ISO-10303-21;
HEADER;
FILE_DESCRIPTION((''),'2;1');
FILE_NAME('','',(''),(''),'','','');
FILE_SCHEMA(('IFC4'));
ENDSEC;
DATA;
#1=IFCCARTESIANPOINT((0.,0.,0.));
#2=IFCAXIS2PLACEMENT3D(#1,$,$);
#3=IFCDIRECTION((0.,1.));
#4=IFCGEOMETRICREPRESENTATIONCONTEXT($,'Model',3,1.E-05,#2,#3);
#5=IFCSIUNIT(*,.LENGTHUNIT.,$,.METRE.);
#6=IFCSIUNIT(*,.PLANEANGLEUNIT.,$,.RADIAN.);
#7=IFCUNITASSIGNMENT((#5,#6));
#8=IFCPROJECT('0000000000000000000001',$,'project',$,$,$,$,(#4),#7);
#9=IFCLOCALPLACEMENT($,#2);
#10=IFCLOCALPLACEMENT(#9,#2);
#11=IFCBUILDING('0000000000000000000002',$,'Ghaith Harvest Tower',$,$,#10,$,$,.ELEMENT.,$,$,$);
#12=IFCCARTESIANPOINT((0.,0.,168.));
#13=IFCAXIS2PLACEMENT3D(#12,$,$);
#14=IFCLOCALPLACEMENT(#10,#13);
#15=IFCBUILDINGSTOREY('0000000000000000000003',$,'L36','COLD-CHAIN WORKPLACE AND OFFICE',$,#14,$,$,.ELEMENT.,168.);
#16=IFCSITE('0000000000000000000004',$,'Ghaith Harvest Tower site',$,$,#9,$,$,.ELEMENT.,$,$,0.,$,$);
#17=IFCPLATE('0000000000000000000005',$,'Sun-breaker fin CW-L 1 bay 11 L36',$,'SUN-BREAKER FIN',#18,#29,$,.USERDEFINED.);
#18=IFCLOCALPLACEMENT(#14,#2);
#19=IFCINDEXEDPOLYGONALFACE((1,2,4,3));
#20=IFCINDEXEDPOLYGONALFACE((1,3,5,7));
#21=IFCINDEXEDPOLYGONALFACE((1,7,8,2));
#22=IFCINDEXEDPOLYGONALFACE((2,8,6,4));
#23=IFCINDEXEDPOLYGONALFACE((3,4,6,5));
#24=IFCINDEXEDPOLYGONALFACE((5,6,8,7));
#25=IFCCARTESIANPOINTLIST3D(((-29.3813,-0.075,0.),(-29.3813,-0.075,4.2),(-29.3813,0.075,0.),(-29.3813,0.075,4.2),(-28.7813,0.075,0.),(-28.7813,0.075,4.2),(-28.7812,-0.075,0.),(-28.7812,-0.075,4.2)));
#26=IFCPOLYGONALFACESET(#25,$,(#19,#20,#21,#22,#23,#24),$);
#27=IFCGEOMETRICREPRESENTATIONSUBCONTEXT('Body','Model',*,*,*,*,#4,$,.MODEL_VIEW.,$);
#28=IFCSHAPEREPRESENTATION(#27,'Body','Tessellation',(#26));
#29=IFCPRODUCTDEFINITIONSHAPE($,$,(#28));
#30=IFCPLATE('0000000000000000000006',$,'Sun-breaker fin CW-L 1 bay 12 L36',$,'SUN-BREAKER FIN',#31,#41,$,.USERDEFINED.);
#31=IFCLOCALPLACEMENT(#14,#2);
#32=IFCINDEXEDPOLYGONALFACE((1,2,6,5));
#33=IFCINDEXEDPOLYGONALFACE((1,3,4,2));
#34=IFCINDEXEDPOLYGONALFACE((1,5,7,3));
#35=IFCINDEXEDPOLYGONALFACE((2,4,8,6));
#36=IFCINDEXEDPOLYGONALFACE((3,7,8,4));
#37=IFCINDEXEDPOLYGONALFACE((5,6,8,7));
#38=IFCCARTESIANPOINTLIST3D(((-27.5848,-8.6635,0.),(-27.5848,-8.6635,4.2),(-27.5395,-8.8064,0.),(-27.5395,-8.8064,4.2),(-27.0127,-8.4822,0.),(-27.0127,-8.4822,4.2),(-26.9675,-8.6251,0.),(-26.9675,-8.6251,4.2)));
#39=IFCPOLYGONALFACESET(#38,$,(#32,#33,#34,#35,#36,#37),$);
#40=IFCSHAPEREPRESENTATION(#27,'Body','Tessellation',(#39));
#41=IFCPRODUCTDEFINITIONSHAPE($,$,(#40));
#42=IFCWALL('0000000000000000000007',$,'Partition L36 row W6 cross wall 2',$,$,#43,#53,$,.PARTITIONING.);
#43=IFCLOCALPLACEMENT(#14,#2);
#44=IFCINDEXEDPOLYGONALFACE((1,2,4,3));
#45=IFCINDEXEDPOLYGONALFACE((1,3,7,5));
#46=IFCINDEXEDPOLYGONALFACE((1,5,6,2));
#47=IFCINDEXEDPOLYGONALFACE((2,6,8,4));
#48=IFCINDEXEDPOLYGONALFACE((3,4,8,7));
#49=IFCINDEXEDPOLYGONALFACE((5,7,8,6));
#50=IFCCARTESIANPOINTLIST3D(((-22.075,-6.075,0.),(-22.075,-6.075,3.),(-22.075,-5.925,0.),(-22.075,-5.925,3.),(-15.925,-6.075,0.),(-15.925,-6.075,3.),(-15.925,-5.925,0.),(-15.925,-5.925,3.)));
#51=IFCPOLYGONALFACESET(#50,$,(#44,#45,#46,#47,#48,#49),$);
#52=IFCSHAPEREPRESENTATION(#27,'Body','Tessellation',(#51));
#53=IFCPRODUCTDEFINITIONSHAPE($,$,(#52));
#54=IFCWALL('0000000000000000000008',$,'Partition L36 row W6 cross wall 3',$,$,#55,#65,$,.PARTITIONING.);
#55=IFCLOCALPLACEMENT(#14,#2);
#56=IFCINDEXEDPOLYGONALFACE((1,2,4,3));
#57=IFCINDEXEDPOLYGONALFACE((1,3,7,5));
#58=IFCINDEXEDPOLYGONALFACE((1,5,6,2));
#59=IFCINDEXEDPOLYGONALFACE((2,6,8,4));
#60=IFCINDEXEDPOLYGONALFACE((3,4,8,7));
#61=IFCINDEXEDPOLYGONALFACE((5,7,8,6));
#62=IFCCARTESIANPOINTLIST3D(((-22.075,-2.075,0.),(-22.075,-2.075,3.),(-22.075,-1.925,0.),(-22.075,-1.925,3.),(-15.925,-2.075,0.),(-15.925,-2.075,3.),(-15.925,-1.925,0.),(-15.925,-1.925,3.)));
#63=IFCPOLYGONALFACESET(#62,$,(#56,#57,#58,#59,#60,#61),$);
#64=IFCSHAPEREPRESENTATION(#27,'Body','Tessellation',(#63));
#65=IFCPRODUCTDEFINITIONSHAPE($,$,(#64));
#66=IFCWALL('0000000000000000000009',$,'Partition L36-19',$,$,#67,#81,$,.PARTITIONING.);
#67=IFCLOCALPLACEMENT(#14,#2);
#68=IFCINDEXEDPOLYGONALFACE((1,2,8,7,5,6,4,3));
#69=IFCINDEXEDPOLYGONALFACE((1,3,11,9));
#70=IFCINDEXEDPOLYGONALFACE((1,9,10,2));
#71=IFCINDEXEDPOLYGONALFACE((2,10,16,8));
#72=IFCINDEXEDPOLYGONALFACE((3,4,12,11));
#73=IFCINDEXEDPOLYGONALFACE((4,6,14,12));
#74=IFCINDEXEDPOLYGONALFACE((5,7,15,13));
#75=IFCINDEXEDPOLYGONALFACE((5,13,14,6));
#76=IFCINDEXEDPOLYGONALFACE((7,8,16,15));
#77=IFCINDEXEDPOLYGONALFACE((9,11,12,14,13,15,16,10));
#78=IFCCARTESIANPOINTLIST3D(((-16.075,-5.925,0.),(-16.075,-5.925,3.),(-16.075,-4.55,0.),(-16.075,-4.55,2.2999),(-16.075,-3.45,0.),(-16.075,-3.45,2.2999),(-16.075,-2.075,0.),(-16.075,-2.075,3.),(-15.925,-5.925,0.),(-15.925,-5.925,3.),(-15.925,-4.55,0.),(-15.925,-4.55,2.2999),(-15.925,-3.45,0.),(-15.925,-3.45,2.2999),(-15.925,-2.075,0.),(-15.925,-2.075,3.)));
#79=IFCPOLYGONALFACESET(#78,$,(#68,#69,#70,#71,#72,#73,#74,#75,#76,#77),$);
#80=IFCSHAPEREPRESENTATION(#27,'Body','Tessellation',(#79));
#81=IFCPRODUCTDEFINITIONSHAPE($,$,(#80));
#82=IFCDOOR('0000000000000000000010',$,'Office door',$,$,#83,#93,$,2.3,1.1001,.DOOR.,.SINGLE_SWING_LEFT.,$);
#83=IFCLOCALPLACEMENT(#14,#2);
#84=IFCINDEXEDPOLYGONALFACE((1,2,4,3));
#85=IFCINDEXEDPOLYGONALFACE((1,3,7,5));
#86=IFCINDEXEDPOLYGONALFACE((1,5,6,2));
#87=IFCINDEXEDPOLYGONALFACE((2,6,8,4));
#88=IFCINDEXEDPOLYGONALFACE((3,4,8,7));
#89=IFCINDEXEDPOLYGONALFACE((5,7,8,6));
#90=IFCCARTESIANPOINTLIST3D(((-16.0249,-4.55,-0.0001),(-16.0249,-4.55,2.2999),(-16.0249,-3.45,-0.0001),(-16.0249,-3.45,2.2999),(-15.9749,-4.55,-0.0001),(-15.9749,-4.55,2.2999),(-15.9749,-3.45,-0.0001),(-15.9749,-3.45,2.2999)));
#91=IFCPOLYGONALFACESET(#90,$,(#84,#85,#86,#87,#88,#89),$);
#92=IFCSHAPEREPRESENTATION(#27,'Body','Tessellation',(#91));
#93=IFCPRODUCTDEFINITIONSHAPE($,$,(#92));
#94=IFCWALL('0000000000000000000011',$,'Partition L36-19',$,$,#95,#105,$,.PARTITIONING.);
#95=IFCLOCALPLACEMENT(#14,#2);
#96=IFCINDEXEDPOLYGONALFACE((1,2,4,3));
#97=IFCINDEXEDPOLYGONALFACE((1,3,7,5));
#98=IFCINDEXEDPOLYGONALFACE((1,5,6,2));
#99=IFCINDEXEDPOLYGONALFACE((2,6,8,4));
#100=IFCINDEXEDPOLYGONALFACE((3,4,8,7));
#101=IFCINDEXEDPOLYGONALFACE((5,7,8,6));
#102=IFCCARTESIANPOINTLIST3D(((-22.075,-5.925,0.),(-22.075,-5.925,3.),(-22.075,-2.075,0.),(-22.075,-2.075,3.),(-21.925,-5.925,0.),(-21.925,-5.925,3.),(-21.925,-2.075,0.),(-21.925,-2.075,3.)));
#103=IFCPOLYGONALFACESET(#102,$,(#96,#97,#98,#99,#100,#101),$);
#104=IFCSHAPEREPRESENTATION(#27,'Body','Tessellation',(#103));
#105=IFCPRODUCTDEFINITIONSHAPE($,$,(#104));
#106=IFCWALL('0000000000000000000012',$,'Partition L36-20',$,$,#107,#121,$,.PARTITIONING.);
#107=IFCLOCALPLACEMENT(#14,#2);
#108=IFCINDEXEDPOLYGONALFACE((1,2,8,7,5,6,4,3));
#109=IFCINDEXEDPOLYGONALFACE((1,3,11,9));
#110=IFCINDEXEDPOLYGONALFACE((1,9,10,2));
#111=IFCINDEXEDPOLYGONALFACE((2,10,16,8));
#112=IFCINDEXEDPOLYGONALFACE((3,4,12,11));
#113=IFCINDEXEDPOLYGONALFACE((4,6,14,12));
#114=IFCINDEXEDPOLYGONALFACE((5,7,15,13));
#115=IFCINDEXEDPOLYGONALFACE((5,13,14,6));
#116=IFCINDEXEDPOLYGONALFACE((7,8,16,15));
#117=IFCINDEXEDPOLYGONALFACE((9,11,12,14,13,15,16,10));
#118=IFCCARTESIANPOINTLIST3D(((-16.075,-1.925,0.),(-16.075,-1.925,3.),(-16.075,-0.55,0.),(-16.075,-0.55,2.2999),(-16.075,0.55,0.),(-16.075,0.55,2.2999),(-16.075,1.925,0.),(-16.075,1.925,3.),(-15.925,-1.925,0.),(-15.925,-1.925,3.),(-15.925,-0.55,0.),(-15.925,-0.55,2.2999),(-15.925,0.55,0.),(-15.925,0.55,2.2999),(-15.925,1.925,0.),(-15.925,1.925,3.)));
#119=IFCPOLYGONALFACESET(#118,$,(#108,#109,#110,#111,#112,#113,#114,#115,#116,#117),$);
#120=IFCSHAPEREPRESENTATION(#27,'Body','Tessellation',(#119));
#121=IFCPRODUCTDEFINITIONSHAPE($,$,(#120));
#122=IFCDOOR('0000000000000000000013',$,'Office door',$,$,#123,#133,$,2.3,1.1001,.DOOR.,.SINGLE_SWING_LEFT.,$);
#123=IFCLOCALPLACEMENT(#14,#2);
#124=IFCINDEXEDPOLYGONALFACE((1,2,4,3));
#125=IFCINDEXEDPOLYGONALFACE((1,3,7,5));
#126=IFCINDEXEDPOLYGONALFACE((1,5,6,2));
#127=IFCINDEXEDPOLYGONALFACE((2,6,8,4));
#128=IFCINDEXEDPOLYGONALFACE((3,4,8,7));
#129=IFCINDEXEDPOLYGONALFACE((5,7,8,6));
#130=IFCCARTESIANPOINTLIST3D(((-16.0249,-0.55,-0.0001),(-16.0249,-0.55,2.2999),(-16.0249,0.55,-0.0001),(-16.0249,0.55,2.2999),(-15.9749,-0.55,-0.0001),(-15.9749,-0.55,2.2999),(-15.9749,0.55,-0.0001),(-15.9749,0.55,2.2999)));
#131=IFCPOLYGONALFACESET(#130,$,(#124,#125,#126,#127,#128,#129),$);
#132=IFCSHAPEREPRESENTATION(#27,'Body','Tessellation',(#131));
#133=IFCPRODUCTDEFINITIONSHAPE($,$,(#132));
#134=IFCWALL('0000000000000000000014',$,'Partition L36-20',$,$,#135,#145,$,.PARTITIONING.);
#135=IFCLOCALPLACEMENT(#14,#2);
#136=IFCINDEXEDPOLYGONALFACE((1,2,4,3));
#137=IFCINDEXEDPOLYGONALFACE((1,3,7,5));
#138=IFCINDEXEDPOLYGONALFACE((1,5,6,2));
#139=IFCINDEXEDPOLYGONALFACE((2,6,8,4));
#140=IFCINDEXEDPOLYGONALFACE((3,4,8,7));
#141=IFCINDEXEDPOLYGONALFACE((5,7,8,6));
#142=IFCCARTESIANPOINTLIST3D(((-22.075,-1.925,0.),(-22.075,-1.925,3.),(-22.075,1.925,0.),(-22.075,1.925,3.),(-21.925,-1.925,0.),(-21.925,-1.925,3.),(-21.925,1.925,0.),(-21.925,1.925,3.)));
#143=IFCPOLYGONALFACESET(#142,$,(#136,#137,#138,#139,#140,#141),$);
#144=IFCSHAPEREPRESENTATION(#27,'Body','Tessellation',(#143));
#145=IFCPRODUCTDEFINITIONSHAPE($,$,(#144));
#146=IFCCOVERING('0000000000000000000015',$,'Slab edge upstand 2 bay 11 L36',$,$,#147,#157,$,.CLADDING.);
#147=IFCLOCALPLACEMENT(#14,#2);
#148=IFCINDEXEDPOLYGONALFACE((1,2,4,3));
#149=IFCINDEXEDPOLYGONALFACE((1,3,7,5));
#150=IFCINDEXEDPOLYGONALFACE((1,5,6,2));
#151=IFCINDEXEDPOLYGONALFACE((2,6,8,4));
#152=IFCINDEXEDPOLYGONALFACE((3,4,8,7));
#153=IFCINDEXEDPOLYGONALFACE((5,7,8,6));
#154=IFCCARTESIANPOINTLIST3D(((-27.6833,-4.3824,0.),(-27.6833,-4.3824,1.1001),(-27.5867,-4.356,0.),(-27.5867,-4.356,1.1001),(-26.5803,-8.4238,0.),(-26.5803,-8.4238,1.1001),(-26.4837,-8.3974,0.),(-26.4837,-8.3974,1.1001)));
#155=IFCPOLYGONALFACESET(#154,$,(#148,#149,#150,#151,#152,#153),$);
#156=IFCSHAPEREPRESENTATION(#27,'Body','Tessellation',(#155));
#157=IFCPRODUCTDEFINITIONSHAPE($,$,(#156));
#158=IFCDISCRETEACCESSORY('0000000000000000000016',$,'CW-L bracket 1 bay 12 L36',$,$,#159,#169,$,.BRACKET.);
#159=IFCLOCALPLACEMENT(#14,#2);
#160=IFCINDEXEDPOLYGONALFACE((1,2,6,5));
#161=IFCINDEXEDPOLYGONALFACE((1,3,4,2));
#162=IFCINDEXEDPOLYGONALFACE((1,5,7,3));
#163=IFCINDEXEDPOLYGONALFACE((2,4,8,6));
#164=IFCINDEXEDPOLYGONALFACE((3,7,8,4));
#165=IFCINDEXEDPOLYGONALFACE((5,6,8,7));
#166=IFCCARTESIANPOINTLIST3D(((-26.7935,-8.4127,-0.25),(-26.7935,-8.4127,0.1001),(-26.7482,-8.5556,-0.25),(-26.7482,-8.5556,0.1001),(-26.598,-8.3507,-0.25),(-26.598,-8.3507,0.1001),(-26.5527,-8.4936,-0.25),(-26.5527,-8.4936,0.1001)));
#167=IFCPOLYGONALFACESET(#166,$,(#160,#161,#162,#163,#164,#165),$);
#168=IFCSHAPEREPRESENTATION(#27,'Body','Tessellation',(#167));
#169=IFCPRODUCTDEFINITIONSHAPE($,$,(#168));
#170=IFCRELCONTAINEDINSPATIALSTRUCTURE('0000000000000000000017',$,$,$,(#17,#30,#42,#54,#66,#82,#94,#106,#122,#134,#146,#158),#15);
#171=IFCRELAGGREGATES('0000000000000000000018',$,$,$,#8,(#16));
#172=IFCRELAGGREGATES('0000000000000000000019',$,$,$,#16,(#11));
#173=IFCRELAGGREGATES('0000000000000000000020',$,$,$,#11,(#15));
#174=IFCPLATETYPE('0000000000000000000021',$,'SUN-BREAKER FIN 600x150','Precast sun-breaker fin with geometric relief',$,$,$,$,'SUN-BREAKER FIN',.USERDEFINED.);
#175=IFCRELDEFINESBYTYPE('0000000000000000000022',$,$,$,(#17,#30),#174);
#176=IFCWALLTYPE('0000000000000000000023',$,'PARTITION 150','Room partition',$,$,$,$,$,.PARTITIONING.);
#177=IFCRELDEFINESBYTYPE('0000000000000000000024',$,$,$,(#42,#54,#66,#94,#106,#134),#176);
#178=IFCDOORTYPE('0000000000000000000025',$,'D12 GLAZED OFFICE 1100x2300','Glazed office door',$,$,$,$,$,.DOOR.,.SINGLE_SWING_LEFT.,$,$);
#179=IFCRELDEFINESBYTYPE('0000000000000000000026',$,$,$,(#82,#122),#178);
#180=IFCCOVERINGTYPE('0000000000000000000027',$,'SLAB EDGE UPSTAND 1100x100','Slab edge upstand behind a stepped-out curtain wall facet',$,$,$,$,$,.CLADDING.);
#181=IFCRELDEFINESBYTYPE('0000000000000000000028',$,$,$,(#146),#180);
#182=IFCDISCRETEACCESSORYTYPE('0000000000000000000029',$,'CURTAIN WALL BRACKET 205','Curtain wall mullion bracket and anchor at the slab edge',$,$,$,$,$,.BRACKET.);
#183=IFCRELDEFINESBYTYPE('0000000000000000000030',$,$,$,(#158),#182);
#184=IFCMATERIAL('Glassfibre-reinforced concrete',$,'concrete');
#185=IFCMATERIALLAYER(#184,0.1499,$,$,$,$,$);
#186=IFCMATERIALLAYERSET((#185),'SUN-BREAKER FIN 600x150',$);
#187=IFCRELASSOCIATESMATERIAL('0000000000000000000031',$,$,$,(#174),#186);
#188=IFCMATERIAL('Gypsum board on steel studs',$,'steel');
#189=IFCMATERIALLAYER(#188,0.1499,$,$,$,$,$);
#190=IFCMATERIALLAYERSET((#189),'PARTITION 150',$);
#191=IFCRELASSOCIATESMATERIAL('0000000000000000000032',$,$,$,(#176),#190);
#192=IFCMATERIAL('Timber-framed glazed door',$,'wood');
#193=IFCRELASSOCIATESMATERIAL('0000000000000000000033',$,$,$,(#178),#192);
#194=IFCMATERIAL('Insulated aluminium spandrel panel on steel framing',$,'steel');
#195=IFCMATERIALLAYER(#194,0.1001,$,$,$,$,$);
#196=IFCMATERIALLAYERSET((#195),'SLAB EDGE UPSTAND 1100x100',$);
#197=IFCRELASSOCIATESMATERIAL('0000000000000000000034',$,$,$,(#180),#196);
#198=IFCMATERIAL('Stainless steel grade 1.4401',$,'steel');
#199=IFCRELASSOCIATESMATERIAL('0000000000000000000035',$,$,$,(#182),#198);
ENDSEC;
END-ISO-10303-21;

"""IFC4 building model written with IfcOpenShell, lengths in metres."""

from ifc_helpers import new_model, si_unit, direction, frame, frame_2d, origin, origin_2d, place, context, subcontext, project, spatial, rectangle, extrude, material, layer, layer_set, type_object, element, fill, save


model = new_model("IFC4")

# Units and contexts
model_context = context("Model", 3, precision=1e-05, world=origin(), true_north=direction((0.0, 1.0)))
body_context = subcontext(model_context, "Body", "Model", "MODEL_VIEW")
ifc_project = project(units=[si_unit("LENGTHUNIT", "METRE"), si_unit("PLANEANGLEUNIT", "RADIAN")], contexts=[model_context])

# Site, building, storey
site_placement = place(None, origin())
site = spatial("IfcSite", under=ifc_project, at=site_placement, Name="Ghaith Harvest Tower site", CompositionType="ELEMENT", RefElevation=0.0)
building_placement = place(site_placement, origin())
building = spatial("IfcBuilding", under=site, at=building_placement, Name="Ghaith Harvest Tower", CompositionType="ELEMENT")
storey_placement = place(building_placement, frame((0.0, 0.0, 168.0)))
storey = spatial("IfcBuildingStorey", under=building, at=storey_placement, Name="L36", Description="COLD-CHAIN WORKPLACE AND OFFICE", CompositionType="ELEMENT", Elevation=168.0)

# Plates
ifc_material_1 = material(Name="Glassfibre-reinforced concrete", Category="concrete")
ifc_layer_1 = layer(ifc_material_1, 0.1499)
ifc_layer_set_1 = layer_set([ifc_layer_1], Name="SUN-BREAKER FIN 600x150")
plate_type_1 = type_object("IfcPlateType", Name="SUN-BREAKER FIN 600x150", Description="Precast sun-breaker fin with geometric relief", ElementType="SUN-BREAKER FIN", PredefinedType="USERDEFINED", material=ifc_layer_set_1)
for number, where, z_axis, x_axis, name in (
    (1, (-29.0813, 0.0, 0.0), (0.0, 0.0, 1.0), (-1.0, 0.0, 0.0), "Sun-breaker fin CW-L 1 bay 11 L36"),
    (2, (-27.2761, -8.6443, 0.0), (0.0, 0.0, 1.0), (-0.953273, -0.30211, 0.0), "Sun-breaker fin CW-L 1 bay 12 L36"),
):
    element("IfcPlate", number, at=place(storey_placement, frame(where, z_axis=z_axis, x_axis=x_axis)), inside=storey, type_object=plate_type_1, Name=name, ObjectType="SUN-BREAKER FIN", PredefinedType="USERDEFINED", context=body_context, shape_type="SweptSolid", body=[
        extrude(rectangle(XDim=0.6001, YDim=0.1499, at=origin_2d()), origin(), (0.0, 0.0, 1.0), 4.2),
    ])

# Walls
ifc_material_2 = material(Name="Gypsum board on steel studs", Category="steel")
ifc_layer_2 = layer(ifc_material_2, 0.1499)
ifc_layer_set_2 = layer_set([ifc_layer_2], Name="PARTITION 150")
wall_type_1 = type_object("IfcWallType", Name="PARTITION 150", Description="Room partition", PredefinedType="PARTITIONING", material=ifc_layer_set_2)
for number, where, z_axis, x_axis, name in (
    (3, (-15.925, -6.0, 0.0), (0.0, 0.0, 1.0), (-1.0, 0.0, 0.0), "Partition L36 row W6 cross wall 2"),
    (4, (-15.925, -2.0, 0.0), (0.0, 0.0, 1.0), (-1.0, 0.0, 0.0), "Partition L36 row W6 cross wall 3"),
):
    element("IfcWall", number, at=place(storey_placement, frame(where, z_axis=z_axis, x_axis=x_axis)), inside=storey, type_object=wall_type_1, Name=name, PredefinedType="PARTITIONING", context=body_context, shape_type="SweptSolid", body=[
        extrude(rectangle(XDim=6.1499, YDim=0.1499, at=frame_2d((3.075, 0.0))), origin(), (0.0, 0.0, 1.0), 3.0),
    ])

# Wall, opening, door
wall_1_placement = place(storey_placement, frame((-16.0, -5.925, 0.0), z_axis=(0.0, 0.0, 1.0), x_axis=(0.0, 1.0, 0.0)))
wall_1 = element("IfcWall", 5, at=wall_1_placement, inside=storey, type_object=wall_type_1, Name="Partition L36-19", PredefinedType="PARTITIONING", context=body_context, shape_type="SweptSolid", body=[
    extrude(rectangle(XDim=3.8501, YDim=0.1499, at=frame_2d((1.925, 0.0))), origin(), (0.0, 0.0, 1.0), 3.0),
])
opening_1_placement = place(wall_1_placement, frame((1.375, 0.0, 0.0)))
opening_1 = element("IfcOpeningElement", 6, at=opening_1_placement, cuts=wall_1, PredefinedType="OPENING", context=body_context, shape_type="SweptSolid", body=[
    extrude(rectangle(XDim=1.1001, YDim=2.3, at=frame_2d((0.55, 1.1499))), frame((0.0, 0.085, 0.0), z_axis=(0.0, -1.0, 0.0), x_axis=(1.0, 0.0, 0.0)), (0.0, 0.0, 1.0), 0.1699),
])
ifc_material_3 = material(Name="Timber-framed glazed door", Category="wood")
door_type_1 = type_object("IfcDoorType", Name="D12 GLAZED OFFICE 1100x2300", Description="Glazed office door", OperationType="SINGLE_SWING_LEFT", PredefinedType="DOOR", material=ifc_material_3)
door_1_placement = place(opening_1_placement, origin())
door_1 = element("IfcDoor", 7, at=door_1_placement, inside=storey, type_object=door_type_1, Name="Office door", OperationType="SINGLE_SWING_LEFT", OverallHeight=2.3, OverallWidth=1.1001, PredefinedType="DOOR", context=body_context, shape_type="SweptSolid", body=[
    extrude(rectangle(XDim=1.1001, YDim=2.3, at=frame_2d((0.55, 1.1499))), frame((0.0, 0.0249, 0.0), z_axis=(0.0, -1.0, 0.0), x_axis=(1.0, 0.0, 0.0)), (0.0, 0.0, 1.0), 0.05),
])
fill(opening_1, door_1)

# Wall
wall_2_placement = place(storey_placement, frame((-22.0, -5.925, 0.0), z_axis=(0.0, 0.0, 1.0), x_axis=(0.0, 1.0, 0.0)))
element("IfcWall", 8, at=wall_2_placement, inside=storey, type_object=wall_type_1, Name="Partition L36-19", PredefinedType="PARTITIONING", context=body_context, shape_type="SweptSolid", body=[
    extrude(rectangle(XDim=3.8501, YDim=0.1499, at=frame_2d((1.925, 0.0))), origin(), (0.0, 0.0, 1.0), 3.0),
])

# Wall, opening, door
wall_3_placement = place(storey_placement, frame((-16.0, -1.925, 0.0), z_axis=(0.0, 0.0, 1.0), x_axis=(0.0, 1.0, 0.0)))
wall_3 = element("IfcWall", 9, at=wall_3_placement, inside=storey, type_object=wall_type_1, Name="Partition L36-20", PredefinedType="PARTITIONING", context=body_context, shape_type="SweptSolid", body=[
    extrude(rectangle(XDim=3.8501, YDim=0.1499, at=frame_2d((1.925, 0.0))), origin(), (0.0, 0.0, 1.0), 3.0),
])
opening_2_placement = place(wall_3_placement, frame((1.375, 0.0, 0.0)))
opening_2 = element("IfcOpeningElement", 10, at=opening_2_placement, cuts=wall_3, PredefinedType="OPENING", context=body_context, shape_type="SweptSolid", body=[
    extrude(rectangle(XDim=1.1001, YDim=2.3, at=frame_2d((0.55, 1.1499))), frame((0.0, 0.085, 0.0), z_axis=(0.0, -1.0, 0.0), x_axis=(1.0, 0.0, 0.0)), (0.0, 0.0, 1.0), 0.1699),
])
door_2_placement = place(opening_2_placement, origin())
door_2 = element("IfcDoor", 11, at=door_2_placement, inside=storey, type_object=door_type_1, Name="Office door", OperationType="SINGLE_SWING_LEFT", OverallHeight=2.3, OverallWidth=1.1001, PredefinedType="DOOR", context=body_context, shape_type="SweptSolid", body=[
    extrude(rectangle(XDim=1.1001, YDim=2.3, at=frame_2d((0.55, 1.1499))), frame((0.0, 0.0249, 0.0), z_axis=(0.0, -1.0, 0.0), x_axis=(1.0, 0.0, 0.0)), (0.0, 0.0, 1.0), 0.05),
])
fill(opening_2, door_2)

# Wall
wall_4_placement = place(storey_placement, frame((-22.0, -1.925, 0.0), z_axis=(0.0, 0.0, 1.0), x_axis=(0.0, 1.0, 0.0)))
element("IfcWall", 12, at=wall_4_placement, inside=storey, type_object=wall_type_1, Name="Partition L36-20", PredefinedType="PARTITIONING", context=body_context, shape_type="SweptSolid", body=[
    extrude(rectangle(XDim=3.8501, YDim=0.1499, at=frame_2d((1.925, 0.0))), origin(), (0.0, 0.0, 1.0), 3.0),
])

# Covering
ifc_material_4 = material(Name="Insulated aluminium spandrel panel on steel framing", Category="steel")
ifc_layer_3 = layer(ifc_material_4, 0.1001)
ifc_layer_set_3 = layer_set([ifc_layer_3], Name="SLAB EDGE UPSTAND 1100x100")
covering_type = type_object("IfcCoveringType", Name="SLAB EDGE UPSTAND 1100x100", Description="Slab edge upstand behind a stepped-out curtain wall facet", PredefinedType="CLADDING", material=ifc_layer_set_3)
covering_placement = place(storey_placement, frame((-27.0835, -6.3899, 0.0), z_axis=(0.0, 0.0, 1.0), x_axis=(0.263288, -0.964717, 0.0)))
element("IfcCovering", 13, at=covering_placement, inside=storey, type_object=covering_type, Name="Slab edge upstand 2 bay 11 L36", PredefinedType="CLADDING", context=body_context, shape_type="SweptSolid", body=[
    extrude(rectangle(XDim=4.1892, YDim=0.1001, at=origin_2d()), origin(), (0.0, 0.0, 1.0), 1.1001),
])

# Discrete accessory
ifc_material_5 = material(Name="Stainless steel grade 1.4401", Category="steel")
discrete_accessory_type = type_object("IfcDiscreteAccessoryType", Name="CURTAIN WALL BRACKET 205", Description="Curtain wall mullion bracket and anchor at the slab edge", PredefinedType="BRACKET", material=ifc_material_5)
discrete_accessory_placement = place(storey_placement, frame((-26.6731, -8.4531, -0.25), z_axis=(0.0, 0.0, 1.0), x_axis=(-0.953273, -0.30211, 0.0)))
element("IfcDiscreteAccessory", 14, at=discrete_accessory_placement, inside=storey, type_object=discrete_accessory_type, Name="CW-L bracket 1 bay 12 L36", PredefinedType="BRACKET", context=body_context, shape_type="SweptSolid", body=[
    extrude(rectangle(XDim=0.2051, YDim=0.1499, at=origin_2d()), origin(), (0.0, 0.0, 1.0), 0.3501),
])

save(model, "model.ifc")
